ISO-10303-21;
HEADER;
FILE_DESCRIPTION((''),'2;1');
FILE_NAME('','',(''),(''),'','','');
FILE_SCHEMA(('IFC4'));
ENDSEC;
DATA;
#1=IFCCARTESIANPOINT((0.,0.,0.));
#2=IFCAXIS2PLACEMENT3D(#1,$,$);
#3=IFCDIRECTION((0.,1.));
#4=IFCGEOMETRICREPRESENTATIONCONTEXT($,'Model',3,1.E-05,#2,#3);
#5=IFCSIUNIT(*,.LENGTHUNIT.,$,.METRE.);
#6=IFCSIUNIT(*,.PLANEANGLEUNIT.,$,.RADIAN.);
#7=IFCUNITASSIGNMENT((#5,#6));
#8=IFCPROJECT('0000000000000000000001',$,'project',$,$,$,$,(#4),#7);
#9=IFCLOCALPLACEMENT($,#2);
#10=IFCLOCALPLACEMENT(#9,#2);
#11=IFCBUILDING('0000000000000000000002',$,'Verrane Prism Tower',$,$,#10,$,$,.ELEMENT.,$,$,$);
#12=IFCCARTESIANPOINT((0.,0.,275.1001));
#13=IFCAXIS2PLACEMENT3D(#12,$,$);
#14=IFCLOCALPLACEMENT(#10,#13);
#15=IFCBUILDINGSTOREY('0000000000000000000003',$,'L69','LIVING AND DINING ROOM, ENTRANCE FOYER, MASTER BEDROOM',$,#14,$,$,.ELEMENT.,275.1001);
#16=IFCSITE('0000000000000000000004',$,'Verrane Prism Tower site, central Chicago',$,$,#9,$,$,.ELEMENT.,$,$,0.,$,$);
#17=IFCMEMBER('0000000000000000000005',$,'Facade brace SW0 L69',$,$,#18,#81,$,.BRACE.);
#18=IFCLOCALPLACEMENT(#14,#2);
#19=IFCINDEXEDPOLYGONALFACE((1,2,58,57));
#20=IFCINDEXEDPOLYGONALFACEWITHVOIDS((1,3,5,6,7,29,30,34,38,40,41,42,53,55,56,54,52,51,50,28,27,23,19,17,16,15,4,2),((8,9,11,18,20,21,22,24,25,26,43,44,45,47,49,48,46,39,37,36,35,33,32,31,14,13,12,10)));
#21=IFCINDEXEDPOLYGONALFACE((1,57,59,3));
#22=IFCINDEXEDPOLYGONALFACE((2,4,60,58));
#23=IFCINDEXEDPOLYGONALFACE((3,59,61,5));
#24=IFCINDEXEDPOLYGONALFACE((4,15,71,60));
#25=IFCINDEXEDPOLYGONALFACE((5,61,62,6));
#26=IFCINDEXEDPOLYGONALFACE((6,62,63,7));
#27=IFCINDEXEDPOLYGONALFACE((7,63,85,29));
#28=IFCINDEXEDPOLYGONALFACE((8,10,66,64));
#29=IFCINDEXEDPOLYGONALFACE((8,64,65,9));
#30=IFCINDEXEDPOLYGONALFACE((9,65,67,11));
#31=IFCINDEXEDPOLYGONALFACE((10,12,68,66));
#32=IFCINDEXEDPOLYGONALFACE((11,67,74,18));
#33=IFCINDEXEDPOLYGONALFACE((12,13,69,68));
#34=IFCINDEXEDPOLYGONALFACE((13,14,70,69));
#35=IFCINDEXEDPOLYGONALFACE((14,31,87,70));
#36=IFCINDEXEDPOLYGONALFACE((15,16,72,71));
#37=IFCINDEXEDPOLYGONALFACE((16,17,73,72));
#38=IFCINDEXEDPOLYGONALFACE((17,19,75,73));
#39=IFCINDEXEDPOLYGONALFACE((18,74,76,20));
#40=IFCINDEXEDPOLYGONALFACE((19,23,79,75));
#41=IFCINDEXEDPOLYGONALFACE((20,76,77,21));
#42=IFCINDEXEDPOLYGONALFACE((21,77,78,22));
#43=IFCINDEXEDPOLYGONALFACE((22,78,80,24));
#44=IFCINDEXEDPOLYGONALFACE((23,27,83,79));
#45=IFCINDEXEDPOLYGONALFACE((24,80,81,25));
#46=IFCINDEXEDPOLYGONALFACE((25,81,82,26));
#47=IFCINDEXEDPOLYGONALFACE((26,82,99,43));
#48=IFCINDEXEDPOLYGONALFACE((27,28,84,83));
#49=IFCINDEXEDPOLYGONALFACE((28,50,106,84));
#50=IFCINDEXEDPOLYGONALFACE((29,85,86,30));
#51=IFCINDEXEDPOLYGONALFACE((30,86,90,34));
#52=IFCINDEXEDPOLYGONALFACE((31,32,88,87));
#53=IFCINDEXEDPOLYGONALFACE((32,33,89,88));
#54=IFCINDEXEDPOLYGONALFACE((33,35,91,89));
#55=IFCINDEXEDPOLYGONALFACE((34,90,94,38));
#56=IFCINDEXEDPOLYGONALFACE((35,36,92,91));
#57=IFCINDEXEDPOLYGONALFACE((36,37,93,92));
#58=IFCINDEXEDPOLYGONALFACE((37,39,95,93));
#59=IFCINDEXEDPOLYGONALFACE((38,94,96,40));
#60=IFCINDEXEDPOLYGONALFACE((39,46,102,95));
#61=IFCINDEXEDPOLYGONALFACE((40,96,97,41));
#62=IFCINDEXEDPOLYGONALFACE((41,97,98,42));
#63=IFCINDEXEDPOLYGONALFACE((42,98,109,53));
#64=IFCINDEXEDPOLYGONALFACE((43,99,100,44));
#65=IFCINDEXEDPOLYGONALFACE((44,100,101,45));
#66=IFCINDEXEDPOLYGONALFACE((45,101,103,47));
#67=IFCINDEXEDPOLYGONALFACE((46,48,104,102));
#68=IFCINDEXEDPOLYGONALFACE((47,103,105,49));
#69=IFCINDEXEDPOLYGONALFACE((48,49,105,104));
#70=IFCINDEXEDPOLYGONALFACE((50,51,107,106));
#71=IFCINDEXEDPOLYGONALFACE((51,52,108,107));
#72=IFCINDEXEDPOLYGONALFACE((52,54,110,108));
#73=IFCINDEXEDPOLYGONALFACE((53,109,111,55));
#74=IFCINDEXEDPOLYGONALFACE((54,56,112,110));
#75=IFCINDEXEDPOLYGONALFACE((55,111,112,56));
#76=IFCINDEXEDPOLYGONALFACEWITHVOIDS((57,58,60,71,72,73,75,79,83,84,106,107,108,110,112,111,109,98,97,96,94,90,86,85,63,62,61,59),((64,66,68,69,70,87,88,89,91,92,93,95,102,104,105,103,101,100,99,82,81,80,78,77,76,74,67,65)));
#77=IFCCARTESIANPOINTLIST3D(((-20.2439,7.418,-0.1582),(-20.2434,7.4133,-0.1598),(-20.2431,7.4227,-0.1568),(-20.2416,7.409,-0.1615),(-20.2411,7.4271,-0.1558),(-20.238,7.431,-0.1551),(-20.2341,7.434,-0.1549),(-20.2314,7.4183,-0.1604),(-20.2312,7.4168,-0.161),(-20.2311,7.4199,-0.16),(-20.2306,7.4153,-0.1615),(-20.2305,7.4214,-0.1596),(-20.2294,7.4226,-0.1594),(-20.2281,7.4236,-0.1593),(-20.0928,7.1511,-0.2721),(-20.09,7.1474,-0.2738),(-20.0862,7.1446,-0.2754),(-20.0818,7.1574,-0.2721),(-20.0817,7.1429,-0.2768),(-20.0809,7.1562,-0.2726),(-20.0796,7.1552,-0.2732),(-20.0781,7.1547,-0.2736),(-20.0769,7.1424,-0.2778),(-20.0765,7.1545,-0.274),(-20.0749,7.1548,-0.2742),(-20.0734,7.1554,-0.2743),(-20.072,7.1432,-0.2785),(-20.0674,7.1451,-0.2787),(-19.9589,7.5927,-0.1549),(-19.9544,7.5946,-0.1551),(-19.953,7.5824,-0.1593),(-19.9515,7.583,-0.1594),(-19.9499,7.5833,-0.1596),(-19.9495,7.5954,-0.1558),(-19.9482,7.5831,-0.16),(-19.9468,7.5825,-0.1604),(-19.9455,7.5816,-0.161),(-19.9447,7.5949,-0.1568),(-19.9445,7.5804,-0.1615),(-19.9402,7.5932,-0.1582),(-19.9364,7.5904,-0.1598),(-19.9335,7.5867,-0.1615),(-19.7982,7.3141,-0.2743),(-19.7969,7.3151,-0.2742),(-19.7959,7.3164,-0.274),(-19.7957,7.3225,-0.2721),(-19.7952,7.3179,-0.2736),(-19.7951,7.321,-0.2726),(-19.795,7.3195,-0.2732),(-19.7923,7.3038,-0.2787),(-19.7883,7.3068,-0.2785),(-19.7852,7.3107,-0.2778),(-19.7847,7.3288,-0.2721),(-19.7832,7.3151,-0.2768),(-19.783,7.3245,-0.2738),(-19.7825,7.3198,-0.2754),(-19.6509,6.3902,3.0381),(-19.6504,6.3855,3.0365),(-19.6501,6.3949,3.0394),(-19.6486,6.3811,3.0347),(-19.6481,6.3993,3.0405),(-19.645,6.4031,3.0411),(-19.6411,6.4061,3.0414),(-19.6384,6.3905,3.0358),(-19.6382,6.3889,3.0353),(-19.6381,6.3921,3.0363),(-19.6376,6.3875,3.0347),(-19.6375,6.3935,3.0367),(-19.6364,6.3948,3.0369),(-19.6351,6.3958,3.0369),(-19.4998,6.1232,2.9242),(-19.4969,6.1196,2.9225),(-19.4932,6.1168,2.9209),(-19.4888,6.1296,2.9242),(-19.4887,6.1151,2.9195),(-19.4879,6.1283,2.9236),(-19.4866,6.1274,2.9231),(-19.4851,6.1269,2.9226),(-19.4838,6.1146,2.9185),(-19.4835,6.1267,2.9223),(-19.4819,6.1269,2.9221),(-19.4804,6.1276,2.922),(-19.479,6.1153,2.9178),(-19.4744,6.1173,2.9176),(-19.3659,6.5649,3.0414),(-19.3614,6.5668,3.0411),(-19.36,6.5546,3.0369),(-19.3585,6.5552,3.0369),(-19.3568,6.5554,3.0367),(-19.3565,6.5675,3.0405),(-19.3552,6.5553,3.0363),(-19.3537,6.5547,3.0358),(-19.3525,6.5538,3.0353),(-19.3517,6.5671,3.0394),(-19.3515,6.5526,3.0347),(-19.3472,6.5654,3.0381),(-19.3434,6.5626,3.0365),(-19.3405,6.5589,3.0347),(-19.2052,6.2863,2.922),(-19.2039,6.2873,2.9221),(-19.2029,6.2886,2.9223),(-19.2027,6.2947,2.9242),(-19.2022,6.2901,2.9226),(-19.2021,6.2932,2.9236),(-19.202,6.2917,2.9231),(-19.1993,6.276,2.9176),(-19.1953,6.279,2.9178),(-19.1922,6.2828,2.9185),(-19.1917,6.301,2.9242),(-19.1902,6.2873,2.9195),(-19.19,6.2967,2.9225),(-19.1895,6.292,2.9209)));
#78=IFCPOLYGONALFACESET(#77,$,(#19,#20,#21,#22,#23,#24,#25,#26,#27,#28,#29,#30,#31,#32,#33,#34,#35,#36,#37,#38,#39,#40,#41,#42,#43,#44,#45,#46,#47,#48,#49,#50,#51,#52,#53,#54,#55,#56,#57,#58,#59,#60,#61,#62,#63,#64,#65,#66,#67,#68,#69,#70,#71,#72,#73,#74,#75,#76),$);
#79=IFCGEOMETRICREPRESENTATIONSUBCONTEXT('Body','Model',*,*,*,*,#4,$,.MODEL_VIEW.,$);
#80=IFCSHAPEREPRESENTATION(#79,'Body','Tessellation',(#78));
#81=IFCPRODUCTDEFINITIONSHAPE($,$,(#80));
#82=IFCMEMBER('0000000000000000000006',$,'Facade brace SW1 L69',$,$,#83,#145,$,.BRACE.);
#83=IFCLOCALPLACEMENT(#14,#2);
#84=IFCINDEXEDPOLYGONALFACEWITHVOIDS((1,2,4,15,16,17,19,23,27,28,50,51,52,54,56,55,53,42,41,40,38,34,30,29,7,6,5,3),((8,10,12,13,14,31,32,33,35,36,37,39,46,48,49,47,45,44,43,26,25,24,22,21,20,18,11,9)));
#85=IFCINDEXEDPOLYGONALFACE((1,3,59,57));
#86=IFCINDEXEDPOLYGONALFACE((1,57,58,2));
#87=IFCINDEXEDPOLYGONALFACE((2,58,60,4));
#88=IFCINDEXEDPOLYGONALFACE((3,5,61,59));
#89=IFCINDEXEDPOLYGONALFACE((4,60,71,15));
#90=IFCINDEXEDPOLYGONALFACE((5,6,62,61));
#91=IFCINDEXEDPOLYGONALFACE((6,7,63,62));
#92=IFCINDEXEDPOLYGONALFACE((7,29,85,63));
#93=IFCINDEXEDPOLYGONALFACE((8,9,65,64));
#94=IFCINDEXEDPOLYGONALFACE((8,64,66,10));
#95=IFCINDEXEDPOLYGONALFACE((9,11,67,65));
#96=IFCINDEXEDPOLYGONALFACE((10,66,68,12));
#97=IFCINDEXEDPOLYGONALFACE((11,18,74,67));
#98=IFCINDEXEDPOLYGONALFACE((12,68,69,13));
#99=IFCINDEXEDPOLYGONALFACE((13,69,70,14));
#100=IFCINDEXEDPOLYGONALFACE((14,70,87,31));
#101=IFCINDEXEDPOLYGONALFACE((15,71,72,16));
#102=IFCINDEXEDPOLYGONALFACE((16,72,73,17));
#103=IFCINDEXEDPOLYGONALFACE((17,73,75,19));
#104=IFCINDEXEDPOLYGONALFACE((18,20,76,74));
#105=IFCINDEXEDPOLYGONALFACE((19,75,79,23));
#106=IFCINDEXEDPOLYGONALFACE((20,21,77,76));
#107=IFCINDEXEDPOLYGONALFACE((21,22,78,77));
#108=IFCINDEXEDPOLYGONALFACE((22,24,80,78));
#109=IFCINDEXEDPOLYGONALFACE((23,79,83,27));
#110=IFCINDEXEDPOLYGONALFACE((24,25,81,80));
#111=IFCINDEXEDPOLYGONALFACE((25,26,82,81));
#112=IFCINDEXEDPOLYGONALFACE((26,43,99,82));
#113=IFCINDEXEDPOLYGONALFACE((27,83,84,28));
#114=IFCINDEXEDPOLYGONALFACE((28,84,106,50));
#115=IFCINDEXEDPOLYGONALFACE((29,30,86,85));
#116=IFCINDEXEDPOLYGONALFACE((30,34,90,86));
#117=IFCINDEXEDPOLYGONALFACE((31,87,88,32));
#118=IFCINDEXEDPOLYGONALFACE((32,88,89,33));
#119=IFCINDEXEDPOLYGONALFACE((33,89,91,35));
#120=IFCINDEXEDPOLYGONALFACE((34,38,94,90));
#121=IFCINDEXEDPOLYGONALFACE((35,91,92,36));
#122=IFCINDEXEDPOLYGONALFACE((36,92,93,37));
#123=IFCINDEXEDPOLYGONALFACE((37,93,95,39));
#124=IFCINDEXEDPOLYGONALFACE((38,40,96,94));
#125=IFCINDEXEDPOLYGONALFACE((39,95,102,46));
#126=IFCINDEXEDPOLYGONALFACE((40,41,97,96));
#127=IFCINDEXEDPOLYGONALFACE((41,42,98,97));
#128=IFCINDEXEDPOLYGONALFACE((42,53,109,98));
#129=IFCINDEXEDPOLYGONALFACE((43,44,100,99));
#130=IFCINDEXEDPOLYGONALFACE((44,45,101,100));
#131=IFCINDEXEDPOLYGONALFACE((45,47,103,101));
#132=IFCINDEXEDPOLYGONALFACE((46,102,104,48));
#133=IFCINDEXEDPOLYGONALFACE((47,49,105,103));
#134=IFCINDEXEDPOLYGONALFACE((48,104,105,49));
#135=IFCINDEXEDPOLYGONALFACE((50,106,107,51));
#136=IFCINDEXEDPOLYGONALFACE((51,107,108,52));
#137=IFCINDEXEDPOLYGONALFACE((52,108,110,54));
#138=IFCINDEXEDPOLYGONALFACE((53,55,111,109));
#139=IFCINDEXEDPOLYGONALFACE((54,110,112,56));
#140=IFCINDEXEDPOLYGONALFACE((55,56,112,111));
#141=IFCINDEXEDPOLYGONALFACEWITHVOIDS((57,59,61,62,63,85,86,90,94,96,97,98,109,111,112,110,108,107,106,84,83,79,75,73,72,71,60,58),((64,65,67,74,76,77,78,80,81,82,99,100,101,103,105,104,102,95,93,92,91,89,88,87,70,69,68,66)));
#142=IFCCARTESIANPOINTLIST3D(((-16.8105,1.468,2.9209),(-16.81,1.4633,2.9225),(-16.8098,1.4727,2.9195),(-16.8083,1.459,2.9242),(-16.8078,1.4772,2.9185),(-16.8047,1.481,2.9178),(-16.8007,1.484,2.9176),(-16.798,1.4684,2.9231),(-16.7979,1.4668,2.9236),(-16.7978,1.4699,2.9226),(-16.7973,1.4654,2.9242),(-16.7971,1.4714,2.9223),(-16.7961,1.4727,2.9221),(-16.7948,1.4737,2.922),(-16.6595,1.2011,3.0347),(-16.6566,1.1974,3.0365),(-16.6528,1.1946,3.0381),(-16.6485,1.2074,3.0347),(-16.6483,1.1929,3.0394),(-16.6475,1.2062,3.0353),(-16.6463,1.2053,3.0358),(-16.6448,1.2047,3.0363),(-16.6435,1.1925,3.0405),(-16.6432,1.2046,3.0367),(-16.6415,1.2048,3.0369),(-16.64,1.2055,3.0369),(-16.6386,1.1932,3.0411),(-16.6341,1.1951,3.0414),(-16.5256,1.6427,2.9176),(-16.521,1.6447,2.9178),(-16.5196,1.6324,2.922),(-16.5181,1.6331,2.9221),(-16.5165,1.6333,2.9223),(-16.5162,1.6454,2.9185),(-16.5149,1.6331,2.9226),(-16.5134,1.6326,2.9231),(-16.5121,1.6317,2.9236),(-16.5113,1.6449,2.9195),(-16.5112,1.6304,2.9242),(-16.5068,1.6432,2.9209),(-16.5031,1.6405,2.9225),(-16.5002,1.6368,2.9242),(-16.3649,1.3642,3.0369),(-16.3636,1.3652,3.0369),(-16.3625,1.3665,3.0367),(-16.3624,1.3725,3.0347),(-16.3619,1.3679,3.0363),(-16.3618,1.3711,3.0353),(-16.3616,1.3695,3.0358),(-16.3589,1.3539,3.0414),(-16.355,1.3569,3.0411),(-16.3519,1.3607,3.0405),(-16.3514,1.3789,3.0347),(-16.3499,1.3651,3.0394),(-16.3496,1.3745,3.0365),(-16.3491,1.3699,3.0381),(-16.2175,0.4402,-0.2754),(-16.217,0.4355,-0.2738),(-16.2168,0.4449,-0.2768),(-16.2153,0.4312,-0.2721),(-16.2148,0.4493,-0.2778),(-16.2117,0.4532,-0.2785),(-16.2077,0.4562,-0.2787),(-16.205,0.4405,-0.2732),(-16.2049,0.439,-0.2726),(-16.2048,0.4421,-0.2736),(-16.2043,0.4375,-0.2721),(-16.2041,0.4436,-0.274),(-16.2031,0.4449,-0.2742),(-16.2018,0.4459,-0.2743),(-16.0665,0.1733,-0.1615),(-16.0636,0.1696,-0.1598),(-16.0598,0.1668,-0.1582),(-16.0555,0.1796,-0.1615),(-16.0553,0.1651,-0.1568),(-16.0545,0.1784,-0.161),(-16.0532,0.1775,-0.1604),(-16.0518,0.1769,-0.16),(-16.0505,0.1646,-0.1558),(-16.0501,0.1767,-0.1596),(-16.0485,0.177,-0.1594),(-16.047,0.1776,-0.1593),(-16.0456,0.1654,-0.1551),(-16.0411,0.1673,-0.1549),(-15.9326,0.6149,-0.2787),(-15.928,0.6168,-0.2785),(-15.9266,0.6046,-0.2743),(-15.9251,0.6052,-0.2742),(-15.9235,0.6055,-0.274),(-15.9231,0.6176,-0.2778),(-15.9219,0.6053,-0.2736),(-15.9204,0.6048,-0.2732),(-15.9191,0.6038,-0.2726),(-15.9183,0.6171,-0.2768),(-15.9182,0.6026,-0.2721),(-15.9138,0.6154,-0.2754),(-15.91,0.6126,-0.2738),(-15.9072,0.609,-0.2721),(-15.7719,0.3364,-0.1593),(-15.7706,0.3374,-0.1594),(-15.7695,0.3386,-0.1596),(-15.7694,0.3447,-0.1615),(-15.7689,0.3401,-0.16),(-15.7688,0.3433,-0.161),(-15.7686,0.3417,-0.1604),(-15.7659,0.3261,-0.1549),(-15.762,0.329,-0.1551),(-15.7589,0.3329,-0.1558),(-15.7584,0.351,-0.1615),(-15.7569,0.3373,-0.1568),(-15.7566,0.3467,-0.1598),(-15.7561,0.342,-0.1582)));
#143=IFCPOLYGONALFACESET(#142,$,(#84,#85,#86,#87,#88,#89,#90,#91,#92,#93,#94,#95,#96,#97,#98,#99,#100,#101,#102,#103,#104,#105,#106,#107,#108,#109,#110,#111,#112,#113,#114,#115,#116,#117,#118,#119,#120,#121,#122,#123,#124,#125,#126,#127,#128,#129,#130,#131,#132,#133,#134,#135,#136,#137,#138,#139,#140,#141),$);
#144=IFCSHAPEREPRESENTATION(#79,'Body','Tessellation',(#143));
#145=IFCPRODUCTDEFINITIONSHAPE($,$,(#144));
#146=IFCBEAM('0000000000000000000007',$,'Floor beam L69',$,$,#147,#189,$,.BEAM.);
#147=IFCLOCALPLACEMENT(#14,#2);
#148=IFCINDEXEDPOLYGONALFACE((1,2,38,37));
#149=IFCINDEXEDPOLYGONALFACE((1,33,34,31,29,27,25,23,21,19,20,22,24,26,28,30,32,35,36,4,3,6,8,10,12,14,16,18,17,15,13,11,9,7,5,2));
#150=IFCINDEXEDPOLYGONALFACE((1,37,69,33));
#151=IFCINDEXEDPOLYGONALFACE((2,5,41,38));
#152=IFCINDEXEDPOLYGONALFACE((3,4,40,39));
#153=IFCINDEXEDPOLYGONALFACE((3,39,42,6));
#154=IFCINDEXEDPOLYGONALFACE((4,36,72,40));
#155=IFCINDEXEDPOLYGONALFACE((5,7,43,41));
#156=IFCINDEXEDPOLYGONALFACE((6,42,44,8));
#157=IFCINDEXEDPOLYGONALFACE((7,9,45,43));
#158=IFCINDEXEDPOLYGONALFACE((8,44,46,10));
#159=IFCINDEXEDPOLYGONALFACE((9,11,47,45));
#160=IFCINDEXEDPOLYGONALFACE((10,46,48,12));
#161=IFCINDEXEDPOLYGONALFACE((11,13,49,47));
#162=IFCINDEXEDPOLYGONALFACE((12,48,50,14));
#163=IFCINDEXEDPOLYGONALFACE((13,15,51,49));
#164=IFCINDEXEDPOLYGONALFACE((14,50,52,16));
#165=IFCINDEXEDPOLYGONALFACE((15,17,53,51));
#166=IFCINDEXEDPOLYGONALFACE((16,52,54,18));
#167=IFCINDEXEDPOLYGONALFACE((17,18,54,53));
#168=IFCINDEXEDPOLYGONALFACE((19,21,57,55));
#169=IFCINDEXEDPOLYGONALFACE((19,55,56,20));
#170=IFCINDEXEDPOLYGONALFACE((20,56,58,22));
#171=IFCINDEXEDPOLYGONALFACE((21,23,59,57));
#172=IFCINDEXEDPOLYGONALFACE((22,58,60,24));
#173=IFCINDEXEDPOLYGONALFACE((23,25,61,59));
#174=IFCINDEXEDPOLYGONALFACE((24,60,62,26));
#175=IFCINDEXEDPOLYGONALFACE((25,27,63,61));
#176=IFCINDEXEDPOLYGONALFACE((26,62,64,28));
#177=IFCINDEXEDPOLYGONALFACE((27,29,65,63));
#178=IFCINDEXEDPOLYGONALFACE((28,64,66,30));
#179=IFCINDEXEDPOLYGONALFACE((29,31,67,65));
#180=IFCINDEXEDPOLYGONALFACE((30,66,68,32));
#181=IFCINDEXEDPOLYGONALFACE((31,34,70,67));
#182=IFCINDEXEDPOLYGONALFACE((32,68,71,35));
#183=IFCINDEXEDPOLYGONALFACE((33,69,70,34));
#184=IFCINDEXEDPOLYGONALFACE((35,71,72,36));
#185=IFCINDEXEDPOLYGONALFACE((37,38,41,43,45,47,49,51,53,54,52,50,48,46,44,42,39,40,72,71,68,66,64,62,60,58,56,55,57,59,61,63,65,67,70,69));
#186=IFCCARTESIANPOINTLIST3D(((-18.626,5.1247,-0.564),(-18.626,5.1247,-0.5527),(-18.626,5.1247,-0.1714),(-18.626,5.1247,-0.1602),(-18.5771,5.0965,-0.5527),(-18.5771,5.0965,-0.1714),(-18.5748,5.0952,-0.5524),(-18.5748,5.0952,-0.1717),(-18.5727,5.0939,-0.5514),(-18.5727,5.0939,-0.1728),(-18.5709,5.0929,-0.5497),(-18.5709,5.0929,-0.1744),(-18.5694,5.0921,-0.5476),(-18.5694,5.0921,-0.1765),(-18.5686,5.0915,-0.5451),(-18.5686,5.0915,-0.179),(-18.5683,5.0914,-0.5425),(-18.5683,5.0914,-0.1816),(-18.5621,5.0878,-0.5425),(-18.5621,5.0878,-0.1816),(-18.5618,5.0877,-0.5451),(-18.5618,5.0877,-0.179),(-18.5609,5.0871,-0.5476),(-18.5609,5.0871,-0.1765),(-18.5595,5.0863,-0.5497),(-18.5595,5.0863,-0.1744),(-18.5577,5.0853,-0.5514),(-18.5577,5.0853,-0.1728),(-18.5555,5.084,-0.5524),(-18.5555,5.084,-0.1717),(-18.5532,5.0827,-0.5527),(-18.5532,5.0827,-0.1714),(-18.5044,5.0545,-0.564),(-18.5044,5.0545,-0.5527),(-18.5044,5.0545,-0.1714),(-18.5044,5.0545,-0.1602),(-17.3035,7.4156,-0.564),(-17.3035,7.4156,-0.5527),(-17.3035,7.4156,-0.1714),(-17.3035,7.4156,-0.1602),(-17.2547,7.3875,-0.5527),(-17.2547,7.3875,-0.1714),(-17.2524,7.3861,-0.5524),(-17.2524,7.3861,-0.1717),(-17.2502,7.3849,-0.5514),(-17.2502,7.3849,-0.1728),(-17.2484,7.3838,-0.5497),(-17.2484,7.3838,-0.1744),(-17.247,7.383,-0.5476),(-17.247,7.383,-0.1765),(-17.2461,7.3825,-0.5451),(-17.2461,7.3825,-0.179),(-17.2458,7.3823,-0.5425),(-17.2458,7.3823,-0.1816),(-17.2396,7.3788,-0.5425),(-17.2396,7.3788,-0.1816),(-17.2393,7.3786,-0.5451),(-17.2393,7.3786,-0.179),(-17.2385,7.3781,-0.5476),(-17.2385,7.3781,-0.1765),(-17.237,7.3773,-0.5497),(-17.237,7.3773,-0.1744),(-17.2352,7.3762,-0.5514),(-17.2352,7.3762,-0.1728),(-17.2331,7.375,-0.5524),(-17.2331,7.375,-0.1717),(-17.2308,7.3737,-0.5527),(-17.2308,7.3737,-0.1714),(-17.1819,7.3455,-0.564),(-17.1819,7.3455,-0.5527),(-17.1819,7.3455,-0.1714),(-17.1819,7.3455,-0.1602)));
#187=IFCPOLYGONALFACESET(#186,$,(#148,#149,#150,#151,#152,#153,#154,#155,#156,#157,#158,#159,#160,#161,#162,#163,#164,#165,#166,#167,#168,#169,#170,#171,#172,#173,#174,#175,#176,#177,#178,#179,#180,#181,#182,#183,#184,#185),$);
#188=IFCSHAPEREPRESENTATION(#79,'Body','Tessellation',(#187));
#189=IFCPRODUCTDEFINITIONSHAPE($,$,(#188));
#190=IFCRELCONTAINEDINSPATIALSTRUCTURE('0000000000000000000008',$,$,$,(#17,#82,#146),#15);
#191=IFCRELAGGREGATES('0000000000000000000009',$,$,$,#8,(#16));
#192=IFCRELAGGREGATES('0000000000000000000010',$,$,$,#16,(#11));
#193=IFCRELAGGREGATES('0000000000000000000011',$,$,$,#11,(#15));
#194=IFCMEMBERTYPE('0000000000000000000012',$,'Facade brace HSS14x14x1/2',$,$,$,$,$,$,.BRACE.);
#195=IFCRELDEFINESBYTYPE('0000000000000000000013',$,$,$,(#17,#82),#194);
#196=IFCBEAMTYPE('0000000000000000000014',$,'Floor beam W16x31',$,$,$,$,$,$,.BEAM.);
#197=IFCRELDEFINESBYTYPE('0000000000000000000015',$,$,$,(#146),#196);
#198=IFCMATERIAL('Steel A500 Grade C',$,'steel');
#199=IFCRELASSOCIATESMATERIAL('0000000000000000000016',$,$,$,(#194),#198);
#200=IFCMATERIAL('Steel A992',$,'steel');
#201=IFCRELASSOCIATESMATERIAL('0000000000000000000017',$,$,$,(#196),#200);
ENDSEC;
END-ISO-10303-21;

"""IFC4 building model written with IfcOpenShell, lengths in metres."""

from ifc_helpers import new_model, si_unit, direction, frame, origin, origin_2d, place, context, subcontext, project, spatial, hollow_rectangle, i_section, extrude, material, material_profile, profile_set, type_object, element, save


model = new_model("IFC4")

# Units and contexts
model_context = context("Model", 3, precision=1e-05, world=origin(), true_north=direction((0.0, 1.0)))
body_context = subcontext(model_context, "Body", "Model", "MODEL_VIEW")
ifc_project = project(units=[si_unit("LENGTHUNIT", "METRE"), si_unit("PLANEANGLEUNIT", "RADIAN")], contexts=[model_context])

# Site, building, storey
site_placement = place(None, origin())
site = spatial("IfcSite", under=ifc_project, at=site_placement, Name="Verrane Prism Tower site, central Chicago", CompositionType="ELEMENT", RefElevation=0.0)
building_placement = place(site_placement, origin())
building = spatial("IfcBuilding", under=site, at=building_placement, Name="Verrane Prism Tower", CompositionType="ELEMENT")
storey_placement = place(building_placement, frame((0.0, 0.0, 275.1001)))
storey = spatial("IfcBuildingStorey", under=building, at=storey_placement, Name="L69", Description="LIVING AND DINING ROOM, ENTRANCE FOYER, MASTER BEDROOM", CompositionType="ELEMENT", Elevation=275.1001)

# Members
ifc_material_1 = material(Name="Steel A500 Grade C", Category="steel")
ifc_material_profile_1 = material_profile(ifc_material_1, hollow_rectangle(XDim=0.3557, YDim=0.3557, WallThickness=0.0127, InnerFilletRadius=0.0063, OuterFilletRadius=0.019, at=origin_2d()), Name="HSS14x14x1/2")
ifc_profile_set_1 = profile_set([ifc_material_profile_1], Name="Steel A500 Grade C")
member_type_1 = type_object("IfcMemberType", Name="Facade brace HSS14x14x1/2", PredefinedType="BRACE", material=ifc_profile_set_1)
for number, where, z_axis, x_axis, name in (
    (1, (-20.0132, 7.3689, -0.2168), (0.173933, -0.301465, 0.937478), (0.866172, 0.499746, 0.0), "Facade brace SW0 L69"),
    (2, (-15.9868, 0.3911, -0.2168), (-0.173933, 0.301465, 0.937478), (-0.866172, -0.499746, 0.0), "Facade brace SW1 L69"),
):
    element("IfcMember", number, at=place(storey_placement, frame(where, z_axis=z_axis, x_axis=x_axis)), inside=storey, type_object=member_type_1, Name=name, PredefinedType="BRACE", context=body_context, shape_type="SweptSolid", body=[
        extrude(hollow_rectangle(XDim=0.3557, YDim=0.3557, WallThickness=0.0127, InnerFilletRadius=0.0063, OuterFilletRadius=0.019, at=origin_2d()), origin(), (0.0, 0.0, 1.0), 3.4094),
    ])

# Beam
ifc_material_2 = material(Name="Steel A992", Category="steel")
ifc_material_profile_2 = material_profile(ifc_material_2, i_section(OverallWidth=0.1404, OverallDepth=0.4038, WebThickness=0.0071, FlangeThickness=0.0112, FilletRadius=0.0103, at=origin_2d()), Name="W16x31")
ifc_profile_set_2 = profile_set([ifc_material_profile_2], Name="Steel A992")
beam_type_1 = type_object("IfcBeamType", Name="Floor beam W16x31", PredefinedType="BEAM", material=ifc_profile_set_2)
beam_1_placement = place(storey_placement, frame((-18.5652, 5.0896, -0.3621), z_axis=(0.499941, 0.86606, 0.0), x_axis=(-0.86606, 0.499941, 0.0)))
element("IfcBeam", 3, at=beam_1_placement, inside=storey, type_object=beam_type_1, Name="Floor beam L69", PredefinedType="BEAM", context=body_context, shape_type="SweptSolid", body=[
    extrude(i_section(OverallWidth=0.1404, OverallDepth=0.4038, WebThickness=0.0071, FlangeThickness=0.0112, FilletRadius=0.0103, at=origin_2d()), origin(), (0.0, 0.0, 1.0), 2.6453),
])

save(model, "model.ifc")
